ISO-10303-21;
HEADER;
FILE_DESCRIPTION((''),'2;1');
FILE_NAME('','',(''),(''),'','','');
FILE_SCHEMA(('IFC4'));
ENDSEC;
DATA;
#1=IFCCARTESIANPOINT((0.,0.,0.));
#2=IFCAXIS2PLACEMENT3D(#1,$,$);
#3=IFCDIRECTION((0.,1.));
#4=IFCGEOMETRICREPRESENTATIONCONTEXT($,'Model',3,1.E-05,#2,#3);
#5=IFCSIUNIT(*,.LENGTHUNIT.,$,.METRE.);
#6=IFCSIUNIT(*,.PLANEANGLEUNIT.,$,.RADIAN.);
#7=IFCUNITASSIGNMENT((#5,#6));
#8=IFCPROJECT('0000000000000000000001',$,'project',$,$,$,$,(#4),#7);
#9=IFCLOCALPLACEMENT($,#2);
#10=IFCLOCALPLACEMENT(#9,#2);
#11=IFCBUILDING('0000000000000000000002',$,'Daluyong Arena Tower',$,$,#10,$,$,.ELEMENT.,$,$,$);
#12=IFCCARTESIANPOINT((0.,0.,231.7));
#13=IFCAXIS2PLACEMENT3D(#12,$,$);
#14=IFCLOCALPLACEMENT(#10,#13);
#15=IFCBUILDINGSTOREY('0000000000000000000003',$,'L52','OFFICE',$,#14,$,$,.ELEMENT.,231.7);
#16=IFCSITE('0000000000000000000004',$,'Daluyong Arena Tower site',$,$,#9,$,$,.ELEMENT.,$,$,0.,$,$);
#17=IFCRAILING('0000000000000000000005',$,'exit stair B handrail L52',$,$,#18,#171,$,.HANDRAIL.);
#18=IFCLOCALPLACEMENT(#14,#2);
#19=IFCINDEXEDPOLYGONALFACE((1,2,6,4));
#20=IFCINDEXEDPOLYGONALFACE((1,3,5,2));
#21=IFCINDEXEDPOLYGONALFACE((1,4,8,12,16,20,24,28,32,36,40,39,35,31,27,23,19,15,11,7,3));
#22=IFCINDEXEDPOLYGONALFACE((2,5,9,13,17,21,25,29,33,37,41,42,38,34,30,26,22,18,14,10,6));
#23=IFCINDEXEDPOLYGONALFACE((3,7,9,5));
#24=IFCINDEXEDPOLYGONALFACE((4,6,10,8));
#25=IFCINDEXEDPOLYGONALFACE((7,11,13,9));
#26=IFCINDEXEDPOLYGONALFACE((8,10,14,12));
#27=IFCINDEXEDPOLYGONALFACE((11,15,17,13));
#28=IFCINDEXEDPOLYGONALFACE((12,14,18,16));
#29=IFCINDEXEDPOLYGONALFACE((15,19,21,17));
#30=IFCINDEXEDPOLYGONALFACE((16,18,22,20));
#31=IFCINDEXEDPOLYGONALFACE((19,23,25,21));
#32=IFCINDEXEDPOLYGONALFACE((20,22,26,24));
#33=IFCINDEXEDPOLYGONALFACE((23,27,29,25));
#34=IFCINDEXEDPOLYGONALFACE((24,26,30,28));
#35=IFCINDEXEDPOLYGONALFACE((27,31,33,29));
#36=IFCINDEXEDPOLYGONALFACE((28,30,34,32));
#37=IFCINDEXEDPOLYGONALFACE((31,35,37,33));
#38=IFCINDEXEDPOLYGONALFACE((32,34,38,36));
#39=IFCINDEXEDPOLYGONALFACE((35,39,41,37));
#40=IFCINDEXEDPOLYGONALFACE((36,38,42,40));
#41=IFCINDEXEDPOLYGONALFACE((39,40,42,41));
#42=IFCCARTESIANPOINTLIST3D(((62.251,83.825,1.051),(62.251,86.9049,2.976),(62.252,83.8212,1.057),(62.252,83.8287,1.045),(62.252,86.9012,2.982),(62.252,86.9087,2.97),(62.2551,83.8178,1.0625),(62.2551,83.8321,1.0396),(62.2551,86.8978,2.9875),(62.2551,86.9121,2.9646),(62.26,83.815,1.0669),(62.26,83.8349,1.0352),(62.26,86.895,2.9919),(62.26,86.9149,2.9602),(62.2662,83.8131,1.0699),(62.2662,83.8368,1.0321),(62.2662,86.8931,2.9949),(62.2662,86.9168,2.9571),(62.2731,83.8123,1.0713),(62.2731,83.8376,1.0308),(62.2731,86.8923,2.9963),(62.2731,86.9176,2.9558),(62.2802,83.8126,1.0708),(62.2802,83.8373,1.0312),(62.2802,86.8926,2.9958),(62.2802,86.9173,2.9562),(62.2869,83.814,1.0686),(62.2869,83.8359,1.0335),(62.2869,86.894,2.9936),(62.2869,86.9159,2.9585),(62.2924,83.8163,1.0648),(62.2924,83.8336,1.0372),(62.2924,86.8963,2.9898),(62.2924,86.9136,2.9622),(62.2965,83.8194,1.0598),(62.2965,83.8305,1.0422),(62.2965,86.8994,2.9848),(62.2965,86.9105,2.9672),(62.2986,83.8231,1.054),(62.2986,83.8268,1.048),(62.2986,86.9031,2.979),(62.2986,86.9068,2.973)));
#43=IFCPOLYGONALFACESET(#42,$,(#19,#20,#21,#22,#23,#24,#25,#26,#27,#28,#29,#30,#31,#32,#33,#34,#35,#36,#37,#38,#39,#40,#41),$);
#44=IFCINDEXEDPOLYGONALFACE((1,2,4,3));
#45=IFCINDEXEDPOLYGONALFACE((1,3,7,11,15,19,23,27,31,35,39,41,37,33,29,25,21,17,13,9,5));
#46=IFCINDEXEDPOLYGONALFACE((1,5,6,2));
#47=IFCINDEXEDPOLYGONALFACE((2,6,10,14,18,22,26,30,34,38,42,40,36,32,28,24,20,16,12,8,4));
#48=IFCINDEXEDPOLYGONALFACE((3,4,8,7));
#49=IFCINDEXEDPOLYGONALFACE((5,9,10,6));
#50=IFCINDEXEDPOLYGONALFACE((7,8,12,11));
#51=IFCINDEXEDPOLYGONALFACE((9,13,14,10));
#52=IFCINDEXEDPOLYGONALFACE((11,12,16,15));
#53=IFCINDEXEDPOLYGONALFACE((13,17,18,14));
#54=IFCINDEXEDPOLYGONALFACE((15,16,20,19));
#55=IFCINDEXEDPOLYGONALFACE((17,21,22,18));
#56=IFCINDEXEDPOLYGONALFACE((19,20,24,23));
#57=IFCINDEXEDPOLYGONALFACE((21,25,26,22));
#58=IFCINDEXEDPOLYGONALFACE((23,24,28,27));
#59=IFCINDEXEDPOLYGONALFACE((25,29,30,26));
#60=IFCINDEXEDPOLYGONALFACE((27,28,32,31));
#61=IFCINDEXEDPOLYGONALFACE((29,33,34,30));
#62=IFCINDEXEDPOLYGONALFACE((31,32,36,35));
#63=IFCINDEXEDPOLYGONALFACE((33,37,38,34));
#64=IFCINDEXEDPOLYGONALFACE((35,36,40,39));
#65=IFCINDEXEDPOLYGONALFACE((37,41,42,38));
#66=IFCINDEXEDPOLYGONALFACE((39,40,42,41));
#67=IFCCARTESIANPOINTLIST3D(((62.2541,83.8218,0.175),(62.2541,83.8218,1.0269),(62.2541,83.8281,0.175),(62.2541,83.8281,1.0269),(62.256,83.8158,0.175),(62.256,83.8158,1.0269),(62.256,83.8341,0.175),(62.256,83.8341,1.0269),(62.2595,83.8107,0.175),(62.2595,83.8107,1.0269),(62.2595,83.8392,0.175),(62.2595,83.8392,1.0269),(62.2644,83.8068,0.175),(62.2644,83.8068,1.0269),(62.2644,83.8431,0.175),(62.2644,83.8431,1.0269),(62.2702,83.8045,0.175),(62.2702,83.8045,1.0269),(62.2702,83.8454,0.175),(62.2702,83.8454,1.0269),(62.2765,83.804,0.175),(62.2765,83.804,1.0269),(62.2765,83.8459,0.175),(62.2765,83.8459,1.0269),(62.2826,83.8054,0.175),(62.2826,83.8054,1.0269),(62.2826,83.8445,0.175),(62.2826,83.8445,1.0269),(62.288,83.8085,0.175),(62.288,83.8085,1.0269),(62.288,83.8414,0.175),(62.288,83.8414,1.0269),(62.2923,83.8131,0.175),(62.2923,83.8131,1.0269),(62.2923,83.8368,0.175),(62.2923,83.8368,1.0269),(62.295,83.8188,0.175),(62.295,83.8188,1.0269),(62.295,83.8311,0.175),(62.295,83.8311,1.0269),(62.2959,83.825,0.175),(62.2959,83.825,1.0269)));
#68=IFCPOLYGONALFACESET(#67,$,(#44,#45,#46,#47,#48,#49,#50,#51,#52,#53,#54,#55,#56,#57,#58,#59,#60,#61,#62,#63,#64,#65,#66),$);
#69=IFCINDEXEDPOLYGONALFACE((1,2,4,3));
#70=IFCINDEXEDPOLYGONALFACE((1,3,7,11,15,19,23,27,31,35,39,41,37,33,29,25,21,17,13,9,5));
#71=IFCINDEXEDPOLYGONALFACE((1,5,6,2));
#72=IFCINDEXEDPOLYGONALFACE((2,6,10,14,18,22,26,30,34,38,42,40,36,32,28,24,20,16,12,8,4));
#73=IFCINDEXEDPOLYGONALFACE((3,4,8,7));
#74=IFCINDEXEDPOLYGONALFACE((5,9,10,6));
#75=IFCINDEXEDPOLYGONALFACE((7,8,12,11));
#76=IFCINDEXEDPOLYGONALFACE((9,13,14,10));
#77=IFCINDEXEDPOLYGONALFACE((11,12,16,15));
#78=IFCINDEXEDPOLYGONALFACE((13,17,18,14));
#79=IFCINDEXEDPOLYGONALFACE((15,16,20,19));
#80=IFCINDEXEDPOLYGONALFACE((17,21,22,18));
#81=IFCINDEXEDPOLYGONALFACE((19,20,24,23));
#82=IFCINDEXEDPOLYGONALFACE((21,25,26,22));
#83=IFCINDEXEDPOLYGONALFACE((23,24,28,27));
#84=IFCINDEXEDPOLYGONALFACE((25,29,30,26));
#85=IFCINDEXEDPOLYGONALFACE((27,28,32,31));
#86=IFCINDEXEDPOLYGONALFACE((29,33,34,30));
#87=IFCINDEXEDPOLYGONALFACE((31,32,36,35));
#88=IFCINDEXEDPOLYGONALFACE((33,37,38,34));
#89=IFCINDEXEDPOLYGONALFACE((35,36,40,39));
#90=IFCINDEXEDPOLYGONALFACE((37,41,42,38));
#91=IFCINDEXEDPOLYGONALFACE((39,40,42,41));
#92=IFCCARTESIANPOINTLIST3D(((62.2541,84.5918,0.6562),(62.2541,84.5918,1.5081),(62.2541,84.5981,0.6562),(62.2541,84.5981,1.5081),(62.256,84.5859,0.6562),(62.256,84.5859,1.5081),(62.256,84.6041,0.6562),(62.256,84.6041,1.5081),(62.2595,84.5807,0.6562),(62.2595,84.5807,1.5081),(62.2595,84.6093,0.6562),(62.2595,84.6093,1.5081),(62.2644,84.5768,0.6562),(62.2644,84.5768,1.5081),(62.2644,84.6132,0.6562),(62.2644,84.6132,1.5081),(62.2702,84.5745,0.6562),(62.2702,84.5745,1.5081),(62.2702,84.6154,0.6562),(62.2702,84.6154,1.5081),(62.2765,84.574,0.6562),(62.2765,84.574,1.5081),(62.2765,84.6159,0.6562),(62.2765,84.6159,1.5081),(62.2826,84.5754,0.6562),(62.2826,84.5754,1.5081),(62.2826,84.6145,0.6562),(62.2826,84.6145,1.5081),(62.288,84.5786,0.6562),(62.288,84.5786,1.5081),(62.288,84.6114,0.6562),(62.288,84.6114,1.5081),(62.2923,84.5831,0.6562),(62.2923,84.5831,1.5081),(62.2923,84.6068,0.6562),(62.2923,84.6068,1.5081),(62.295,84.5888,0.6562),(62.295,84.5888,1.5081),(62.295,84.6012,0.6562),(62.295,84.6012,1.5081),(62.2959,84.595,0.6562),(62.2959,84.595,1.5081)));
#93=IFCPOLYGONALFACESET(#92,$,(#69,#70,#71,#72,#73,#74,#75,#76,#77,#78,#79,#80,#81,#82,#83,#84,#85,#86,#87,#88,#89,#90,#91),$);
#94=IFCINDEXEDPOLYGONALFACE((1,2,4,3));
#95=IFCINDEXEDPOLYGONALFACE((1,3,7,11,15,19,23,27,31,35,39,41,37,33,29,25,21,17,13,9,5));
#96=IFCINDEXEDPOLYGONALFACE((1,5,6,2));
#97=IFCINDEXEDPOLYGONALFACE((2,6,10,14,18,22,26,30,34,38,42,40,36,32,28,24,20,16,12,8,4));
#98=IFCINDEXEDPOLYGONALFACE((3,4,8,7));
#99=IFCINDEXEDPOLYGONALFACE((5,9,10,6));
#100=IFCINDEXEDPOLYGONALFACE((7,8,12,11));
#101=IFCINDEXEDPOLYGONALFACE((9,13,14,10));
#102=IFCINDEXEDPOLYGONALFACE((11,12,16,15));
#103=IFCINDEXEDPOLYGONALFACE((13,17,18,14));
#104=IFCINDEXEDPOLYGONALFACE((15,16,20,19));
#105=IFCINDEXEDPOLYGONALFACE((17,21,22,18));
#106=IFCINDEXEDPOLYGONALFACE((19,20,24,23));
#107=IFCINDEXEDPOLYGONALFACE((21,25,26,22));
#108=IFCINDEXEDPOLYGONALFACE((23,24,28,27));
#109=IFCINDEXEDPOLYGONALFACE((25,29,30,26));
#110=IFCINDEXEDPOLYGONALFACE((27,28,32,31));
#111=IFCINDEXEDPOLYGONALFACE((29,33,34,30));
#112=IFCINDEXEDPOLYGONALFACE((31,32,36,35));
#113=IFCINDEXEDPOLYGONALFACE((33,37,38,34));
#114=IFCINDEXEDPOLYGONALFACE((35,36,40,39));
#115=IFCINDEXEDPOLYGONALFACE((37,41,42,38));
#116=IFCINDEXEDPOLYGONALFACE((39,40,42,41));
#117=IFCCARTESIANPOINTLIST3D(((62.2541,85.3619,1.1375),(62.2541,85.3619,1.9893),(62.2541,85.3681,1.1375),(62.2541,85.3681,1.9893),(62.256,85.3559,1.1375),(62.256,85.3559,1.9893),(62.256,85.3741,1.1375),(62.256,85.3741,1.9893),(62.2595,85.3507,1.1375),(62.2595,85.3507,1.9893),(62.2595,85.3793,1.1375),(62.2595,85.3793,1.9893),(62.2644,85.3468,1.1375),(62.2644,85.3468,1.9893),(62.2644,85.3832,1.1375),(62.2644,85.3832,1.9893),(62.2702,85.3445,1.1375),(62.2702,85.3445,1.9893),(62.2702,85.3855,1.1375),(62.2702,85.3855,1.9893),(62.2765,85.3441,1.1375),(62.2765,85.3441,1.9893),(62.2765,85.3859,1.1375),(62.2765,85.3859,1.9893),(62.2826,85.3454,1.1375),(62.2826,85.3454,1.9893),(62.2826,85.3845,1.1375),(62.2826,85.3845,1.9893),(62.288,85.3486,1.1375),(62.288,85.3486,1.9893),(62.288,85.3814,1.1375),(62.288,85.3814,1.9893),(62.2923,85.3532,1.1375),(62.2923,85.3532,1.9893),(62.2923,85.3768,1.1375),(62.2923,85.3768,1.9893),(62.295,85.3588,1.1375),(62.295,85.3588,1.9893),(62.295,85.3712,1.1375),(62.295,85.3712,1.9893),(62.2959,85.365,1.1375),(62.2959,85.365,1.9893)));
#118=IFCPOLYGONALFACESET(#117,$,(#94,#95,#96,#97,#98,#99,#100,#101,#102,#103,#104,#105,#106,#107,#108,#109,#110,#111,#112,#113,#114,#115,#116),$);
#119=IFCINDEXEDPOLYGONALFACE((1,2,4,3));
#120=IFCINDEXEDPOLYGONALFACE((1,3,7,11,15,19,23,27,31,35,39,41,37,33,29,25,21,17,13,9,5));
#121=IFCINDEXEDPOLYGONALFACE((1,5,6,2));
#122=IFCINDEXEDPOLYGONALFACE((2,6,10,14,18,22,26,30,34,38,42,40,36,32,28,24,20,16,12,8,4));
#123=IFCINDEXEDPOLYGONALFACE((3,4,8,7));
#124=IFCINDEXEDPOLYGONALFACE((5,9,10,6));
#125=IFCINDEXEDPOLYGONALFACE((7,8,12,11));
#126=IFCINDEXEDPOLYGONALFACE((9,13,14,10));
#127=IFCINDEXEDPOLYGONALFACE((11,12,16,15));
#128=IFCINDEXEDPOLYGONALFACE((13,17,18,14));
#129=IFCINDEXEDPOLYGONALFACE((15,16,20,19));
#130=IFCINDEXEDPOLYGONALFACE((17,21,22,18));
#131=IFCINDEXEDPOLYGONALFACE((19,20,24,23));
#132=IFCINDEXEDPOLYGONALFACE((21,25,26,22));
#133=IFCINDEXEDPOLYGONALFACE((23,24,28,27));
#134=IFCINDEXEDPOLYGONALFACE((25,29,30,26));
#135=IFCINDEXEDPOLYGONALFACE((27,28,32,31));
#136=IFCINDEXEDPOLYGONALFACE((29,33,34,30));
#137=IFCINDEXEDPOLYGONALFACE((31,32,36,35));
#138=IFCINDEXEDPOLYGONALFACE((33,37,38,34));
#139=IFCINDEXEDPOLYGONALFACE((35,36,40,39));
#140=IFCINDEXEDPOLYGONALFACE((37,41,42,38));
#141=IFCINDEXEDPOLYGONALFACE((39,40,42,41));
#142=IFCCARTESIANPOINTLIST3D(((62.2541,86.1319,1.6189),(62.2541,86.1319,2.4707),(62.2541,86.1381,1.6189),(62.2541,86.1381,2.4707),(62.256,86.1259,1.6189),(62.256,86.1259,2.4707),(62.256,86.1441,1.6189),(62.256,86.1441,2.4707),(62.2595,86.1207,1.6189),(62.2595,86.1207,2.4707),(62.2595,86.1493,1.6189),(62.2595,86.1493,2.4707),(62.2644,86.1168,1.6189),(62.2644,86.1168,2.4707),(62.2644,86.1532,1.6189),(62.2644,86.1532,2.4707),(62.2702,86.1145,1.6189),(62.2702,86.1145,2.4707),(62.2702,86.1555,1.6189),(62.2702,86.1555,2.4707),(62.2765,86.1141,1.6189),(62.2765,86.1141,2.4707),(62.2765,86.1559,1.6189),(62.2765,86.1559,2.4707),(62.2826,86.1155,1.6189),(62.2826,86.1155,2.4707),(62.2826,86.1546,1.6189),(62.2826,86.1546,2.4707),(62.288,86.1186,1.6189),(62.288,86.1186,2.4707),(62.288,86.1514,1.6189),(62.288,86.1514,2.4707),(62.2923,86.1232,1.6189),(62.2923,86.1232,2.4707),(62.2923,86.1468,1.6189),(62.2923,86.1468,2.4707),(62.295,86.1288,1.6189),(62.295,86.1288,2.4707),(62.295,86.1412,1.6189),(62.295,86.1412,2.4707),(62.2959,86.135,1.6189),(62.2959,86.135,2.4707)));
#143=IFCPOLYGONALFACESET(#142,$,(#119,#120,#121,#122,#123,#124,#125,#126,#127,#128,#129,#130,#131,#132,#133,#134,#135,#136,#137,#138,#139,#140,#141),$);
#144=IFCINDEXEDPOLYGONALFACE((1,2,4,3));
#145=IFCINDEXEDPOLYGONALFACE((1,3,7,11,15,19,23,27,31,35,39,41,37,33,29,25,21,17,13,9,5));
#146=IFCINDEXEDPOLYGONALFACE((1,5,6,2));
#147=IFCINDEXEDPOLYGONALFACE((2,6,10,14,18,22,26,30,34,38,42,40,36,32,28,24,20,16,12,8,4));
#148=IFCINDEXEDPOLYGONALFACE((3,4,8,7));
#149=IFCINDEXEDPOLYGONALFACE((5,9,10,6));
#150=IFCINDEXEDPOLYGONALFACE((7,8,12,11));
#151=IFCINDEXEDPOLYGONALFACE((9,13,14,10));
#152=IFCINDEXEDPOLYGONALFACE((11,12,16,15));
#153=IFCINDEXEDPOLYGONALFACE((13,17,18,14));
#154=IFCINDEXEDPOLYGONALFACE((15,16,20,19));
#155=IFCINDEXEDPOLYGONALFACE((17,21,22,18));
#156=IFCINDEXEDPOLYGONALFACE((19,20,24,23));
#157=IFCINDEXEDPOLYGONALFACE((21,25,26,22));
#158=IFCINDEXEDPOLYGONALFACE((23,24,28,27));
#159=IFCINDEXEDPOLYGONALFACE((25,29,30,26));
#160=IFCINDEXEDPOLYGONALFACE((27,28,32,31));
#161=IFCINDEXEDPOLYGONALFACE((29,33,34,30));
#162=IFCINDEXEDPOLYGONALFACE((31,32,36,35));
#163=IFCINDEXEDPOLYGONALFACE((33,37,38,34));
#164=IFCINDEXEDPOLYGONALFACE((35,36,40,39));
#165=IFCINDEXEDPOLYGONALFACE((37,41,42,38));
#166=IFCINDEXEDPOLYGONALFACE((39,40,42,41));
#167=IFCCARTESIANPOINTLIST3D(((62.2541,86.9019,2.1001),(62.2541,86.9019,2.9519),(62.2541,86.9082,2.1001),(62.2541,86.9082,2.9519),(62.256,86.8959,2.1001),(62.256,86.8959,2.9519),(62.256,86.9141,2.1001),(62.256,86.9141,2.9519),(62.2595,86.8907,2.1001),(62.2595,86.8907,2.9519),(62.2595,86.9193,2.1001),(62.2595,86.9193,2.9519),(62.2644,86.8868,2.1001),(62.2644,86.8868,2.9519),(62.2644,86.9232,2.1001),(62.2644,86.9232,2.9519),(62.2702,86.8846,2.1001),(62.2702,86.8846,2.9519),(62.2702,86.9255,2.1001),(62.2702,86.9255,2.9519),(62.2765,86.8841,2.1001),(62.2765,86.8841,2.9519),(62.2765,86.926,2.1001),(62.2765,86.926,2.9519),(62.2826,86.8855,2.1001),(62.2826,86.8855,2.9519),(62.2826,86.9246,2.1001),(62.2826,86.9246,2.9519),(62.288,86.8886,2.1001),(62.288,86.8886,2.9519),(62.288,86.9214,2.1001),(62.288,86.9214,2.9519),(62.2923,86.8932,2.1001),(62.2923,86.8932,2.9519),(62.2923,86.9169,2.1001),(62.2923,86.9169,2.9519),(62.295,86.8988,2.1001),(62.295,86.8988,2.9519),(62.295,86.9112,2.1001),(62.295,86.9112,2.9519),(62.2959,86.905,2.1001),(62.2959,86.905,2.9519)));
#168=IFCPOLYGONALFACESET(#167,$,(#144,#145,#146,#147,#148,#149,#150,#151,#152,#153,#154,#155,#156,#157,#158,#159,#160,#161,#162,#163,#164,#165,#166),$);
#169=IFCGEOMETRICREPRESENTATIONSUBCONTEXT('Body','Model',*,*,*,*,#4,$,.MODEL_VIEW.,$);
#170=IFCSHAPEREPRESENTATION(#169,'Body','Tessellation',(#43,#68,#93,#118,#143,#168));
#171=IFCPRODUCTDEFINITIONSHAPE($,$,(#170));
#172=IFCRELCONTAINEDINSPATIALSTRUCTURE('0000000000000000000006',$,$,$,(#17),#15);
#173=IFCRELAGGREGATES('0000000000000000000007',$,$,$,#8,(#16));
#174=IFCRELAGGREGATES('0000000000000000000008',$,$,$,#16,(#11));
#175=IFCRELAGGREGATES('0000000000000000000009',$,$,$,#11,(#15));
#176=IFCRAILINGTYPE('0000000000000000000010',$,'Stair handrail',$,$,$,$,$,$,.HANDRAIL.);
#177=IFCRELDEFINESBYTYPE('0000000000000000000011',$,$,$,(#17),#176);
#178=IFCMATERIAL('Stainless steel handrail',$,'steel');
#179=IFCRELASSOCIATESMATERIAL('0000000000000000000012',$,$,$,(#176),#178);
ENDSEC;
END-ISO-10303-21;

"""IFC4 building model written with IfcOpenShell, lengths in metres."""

from ifc_helpers import new_model, si_unit, direction, frame, origin, origin_2d, place, context, subcontext, project, spatial, circle, extrude, material, type_object, element, save


model = new_model("IFC4")

# Units and contexts
model_context = context("Model", 3, precision=1e-05, world=origin(), true_north=direction((0.0, 1.0)))
body_context = subcontext(model_context, "Body", "Model", "MODEL_VIEW")
ifc_project = project(units=[si_unit("LENGTHUNIT", "METRE"), si_unit("PLANEANGLEUNIT", "RADIAN")], contexts=[model_context])

# Site, building, storey
site_placement = place(None, origin())
site = spatial("IfcSite", under=ifc_project, at=site_placement, Name="Daluyong Arena Tower site", CompositionType="ELEMENT", RefElevation=0.0)
building_placement = place(site_placement, origin())
building = spatial("IfcBuilding", under=site, at=building_placement, Name="Daluyong Arena Tower", CompositionType="ELEMENT")
storey_placement = place(building_placement, frame((0.0, 0.0, 231.7)))
storey = spatial("IfcBuildingStorey", under=building, at=storey_placement, Name="L52", Description="OFFICE", CompositionType="ELEMENT", Elevation=231.7)

# Railing
ifc_material_1 = material(Name="Stainless steel handrail", Category="steel")
railing_type_1 = type_object("IfcRailingType", Name="Stair handrail", PredefinedType="HANDRAIL", material=ifc_material_1)
railing_1_placement = place(storey_placement, frame((62.2749, 83.825, 0.175)))
element("IfcRailing", 1, at=railing_1_placement, inside=storey, type_object=railing_type_1, Name="exit stair B handrail L52", PredefinedType="HANDRAIL", context=body_context, shape_type="SweptSolid", body=[
    extrude(circle(Radius=0.0239, at=origin_2d()), frame((0.0, 0.0, 0.876), z_axis=(0.0, 0.847998, 0.529999), x_axis=(-1.0, 0.0, 0.0)), (0.0, 0.0, 1.0), 3.6321),
    extrude(circle(Radius=0.021, at=origin_2d()), origin(), (0.0, 0.0, 1.0), 0.8518),
    extrude(circle(Radius=0.021, at=origin_2d()), frame((0.0, 0.77, 0.4812)), (0.0, 0.0, 1.0), 0.8518),
    extrude(circle(Radius=0.021, at=origin_2d()), frame((0.0, 1.54, 0.9624)), (0.0, 0.0, 1.0), 0.8518),
    extrude(circle(Radius=0.021, at=origin_2d()), frame((0.0, 2.3101, 1.4438)), (0.0, 0.0, 1.0), 0.8518),
    extrude(circle(Radius=0.021, at=origin_2d()), frame((0.0, 3.0801, 1.925)), (0.0, 0.0, 1.0), 0.8518),
])

save(model, "model.ifc")
